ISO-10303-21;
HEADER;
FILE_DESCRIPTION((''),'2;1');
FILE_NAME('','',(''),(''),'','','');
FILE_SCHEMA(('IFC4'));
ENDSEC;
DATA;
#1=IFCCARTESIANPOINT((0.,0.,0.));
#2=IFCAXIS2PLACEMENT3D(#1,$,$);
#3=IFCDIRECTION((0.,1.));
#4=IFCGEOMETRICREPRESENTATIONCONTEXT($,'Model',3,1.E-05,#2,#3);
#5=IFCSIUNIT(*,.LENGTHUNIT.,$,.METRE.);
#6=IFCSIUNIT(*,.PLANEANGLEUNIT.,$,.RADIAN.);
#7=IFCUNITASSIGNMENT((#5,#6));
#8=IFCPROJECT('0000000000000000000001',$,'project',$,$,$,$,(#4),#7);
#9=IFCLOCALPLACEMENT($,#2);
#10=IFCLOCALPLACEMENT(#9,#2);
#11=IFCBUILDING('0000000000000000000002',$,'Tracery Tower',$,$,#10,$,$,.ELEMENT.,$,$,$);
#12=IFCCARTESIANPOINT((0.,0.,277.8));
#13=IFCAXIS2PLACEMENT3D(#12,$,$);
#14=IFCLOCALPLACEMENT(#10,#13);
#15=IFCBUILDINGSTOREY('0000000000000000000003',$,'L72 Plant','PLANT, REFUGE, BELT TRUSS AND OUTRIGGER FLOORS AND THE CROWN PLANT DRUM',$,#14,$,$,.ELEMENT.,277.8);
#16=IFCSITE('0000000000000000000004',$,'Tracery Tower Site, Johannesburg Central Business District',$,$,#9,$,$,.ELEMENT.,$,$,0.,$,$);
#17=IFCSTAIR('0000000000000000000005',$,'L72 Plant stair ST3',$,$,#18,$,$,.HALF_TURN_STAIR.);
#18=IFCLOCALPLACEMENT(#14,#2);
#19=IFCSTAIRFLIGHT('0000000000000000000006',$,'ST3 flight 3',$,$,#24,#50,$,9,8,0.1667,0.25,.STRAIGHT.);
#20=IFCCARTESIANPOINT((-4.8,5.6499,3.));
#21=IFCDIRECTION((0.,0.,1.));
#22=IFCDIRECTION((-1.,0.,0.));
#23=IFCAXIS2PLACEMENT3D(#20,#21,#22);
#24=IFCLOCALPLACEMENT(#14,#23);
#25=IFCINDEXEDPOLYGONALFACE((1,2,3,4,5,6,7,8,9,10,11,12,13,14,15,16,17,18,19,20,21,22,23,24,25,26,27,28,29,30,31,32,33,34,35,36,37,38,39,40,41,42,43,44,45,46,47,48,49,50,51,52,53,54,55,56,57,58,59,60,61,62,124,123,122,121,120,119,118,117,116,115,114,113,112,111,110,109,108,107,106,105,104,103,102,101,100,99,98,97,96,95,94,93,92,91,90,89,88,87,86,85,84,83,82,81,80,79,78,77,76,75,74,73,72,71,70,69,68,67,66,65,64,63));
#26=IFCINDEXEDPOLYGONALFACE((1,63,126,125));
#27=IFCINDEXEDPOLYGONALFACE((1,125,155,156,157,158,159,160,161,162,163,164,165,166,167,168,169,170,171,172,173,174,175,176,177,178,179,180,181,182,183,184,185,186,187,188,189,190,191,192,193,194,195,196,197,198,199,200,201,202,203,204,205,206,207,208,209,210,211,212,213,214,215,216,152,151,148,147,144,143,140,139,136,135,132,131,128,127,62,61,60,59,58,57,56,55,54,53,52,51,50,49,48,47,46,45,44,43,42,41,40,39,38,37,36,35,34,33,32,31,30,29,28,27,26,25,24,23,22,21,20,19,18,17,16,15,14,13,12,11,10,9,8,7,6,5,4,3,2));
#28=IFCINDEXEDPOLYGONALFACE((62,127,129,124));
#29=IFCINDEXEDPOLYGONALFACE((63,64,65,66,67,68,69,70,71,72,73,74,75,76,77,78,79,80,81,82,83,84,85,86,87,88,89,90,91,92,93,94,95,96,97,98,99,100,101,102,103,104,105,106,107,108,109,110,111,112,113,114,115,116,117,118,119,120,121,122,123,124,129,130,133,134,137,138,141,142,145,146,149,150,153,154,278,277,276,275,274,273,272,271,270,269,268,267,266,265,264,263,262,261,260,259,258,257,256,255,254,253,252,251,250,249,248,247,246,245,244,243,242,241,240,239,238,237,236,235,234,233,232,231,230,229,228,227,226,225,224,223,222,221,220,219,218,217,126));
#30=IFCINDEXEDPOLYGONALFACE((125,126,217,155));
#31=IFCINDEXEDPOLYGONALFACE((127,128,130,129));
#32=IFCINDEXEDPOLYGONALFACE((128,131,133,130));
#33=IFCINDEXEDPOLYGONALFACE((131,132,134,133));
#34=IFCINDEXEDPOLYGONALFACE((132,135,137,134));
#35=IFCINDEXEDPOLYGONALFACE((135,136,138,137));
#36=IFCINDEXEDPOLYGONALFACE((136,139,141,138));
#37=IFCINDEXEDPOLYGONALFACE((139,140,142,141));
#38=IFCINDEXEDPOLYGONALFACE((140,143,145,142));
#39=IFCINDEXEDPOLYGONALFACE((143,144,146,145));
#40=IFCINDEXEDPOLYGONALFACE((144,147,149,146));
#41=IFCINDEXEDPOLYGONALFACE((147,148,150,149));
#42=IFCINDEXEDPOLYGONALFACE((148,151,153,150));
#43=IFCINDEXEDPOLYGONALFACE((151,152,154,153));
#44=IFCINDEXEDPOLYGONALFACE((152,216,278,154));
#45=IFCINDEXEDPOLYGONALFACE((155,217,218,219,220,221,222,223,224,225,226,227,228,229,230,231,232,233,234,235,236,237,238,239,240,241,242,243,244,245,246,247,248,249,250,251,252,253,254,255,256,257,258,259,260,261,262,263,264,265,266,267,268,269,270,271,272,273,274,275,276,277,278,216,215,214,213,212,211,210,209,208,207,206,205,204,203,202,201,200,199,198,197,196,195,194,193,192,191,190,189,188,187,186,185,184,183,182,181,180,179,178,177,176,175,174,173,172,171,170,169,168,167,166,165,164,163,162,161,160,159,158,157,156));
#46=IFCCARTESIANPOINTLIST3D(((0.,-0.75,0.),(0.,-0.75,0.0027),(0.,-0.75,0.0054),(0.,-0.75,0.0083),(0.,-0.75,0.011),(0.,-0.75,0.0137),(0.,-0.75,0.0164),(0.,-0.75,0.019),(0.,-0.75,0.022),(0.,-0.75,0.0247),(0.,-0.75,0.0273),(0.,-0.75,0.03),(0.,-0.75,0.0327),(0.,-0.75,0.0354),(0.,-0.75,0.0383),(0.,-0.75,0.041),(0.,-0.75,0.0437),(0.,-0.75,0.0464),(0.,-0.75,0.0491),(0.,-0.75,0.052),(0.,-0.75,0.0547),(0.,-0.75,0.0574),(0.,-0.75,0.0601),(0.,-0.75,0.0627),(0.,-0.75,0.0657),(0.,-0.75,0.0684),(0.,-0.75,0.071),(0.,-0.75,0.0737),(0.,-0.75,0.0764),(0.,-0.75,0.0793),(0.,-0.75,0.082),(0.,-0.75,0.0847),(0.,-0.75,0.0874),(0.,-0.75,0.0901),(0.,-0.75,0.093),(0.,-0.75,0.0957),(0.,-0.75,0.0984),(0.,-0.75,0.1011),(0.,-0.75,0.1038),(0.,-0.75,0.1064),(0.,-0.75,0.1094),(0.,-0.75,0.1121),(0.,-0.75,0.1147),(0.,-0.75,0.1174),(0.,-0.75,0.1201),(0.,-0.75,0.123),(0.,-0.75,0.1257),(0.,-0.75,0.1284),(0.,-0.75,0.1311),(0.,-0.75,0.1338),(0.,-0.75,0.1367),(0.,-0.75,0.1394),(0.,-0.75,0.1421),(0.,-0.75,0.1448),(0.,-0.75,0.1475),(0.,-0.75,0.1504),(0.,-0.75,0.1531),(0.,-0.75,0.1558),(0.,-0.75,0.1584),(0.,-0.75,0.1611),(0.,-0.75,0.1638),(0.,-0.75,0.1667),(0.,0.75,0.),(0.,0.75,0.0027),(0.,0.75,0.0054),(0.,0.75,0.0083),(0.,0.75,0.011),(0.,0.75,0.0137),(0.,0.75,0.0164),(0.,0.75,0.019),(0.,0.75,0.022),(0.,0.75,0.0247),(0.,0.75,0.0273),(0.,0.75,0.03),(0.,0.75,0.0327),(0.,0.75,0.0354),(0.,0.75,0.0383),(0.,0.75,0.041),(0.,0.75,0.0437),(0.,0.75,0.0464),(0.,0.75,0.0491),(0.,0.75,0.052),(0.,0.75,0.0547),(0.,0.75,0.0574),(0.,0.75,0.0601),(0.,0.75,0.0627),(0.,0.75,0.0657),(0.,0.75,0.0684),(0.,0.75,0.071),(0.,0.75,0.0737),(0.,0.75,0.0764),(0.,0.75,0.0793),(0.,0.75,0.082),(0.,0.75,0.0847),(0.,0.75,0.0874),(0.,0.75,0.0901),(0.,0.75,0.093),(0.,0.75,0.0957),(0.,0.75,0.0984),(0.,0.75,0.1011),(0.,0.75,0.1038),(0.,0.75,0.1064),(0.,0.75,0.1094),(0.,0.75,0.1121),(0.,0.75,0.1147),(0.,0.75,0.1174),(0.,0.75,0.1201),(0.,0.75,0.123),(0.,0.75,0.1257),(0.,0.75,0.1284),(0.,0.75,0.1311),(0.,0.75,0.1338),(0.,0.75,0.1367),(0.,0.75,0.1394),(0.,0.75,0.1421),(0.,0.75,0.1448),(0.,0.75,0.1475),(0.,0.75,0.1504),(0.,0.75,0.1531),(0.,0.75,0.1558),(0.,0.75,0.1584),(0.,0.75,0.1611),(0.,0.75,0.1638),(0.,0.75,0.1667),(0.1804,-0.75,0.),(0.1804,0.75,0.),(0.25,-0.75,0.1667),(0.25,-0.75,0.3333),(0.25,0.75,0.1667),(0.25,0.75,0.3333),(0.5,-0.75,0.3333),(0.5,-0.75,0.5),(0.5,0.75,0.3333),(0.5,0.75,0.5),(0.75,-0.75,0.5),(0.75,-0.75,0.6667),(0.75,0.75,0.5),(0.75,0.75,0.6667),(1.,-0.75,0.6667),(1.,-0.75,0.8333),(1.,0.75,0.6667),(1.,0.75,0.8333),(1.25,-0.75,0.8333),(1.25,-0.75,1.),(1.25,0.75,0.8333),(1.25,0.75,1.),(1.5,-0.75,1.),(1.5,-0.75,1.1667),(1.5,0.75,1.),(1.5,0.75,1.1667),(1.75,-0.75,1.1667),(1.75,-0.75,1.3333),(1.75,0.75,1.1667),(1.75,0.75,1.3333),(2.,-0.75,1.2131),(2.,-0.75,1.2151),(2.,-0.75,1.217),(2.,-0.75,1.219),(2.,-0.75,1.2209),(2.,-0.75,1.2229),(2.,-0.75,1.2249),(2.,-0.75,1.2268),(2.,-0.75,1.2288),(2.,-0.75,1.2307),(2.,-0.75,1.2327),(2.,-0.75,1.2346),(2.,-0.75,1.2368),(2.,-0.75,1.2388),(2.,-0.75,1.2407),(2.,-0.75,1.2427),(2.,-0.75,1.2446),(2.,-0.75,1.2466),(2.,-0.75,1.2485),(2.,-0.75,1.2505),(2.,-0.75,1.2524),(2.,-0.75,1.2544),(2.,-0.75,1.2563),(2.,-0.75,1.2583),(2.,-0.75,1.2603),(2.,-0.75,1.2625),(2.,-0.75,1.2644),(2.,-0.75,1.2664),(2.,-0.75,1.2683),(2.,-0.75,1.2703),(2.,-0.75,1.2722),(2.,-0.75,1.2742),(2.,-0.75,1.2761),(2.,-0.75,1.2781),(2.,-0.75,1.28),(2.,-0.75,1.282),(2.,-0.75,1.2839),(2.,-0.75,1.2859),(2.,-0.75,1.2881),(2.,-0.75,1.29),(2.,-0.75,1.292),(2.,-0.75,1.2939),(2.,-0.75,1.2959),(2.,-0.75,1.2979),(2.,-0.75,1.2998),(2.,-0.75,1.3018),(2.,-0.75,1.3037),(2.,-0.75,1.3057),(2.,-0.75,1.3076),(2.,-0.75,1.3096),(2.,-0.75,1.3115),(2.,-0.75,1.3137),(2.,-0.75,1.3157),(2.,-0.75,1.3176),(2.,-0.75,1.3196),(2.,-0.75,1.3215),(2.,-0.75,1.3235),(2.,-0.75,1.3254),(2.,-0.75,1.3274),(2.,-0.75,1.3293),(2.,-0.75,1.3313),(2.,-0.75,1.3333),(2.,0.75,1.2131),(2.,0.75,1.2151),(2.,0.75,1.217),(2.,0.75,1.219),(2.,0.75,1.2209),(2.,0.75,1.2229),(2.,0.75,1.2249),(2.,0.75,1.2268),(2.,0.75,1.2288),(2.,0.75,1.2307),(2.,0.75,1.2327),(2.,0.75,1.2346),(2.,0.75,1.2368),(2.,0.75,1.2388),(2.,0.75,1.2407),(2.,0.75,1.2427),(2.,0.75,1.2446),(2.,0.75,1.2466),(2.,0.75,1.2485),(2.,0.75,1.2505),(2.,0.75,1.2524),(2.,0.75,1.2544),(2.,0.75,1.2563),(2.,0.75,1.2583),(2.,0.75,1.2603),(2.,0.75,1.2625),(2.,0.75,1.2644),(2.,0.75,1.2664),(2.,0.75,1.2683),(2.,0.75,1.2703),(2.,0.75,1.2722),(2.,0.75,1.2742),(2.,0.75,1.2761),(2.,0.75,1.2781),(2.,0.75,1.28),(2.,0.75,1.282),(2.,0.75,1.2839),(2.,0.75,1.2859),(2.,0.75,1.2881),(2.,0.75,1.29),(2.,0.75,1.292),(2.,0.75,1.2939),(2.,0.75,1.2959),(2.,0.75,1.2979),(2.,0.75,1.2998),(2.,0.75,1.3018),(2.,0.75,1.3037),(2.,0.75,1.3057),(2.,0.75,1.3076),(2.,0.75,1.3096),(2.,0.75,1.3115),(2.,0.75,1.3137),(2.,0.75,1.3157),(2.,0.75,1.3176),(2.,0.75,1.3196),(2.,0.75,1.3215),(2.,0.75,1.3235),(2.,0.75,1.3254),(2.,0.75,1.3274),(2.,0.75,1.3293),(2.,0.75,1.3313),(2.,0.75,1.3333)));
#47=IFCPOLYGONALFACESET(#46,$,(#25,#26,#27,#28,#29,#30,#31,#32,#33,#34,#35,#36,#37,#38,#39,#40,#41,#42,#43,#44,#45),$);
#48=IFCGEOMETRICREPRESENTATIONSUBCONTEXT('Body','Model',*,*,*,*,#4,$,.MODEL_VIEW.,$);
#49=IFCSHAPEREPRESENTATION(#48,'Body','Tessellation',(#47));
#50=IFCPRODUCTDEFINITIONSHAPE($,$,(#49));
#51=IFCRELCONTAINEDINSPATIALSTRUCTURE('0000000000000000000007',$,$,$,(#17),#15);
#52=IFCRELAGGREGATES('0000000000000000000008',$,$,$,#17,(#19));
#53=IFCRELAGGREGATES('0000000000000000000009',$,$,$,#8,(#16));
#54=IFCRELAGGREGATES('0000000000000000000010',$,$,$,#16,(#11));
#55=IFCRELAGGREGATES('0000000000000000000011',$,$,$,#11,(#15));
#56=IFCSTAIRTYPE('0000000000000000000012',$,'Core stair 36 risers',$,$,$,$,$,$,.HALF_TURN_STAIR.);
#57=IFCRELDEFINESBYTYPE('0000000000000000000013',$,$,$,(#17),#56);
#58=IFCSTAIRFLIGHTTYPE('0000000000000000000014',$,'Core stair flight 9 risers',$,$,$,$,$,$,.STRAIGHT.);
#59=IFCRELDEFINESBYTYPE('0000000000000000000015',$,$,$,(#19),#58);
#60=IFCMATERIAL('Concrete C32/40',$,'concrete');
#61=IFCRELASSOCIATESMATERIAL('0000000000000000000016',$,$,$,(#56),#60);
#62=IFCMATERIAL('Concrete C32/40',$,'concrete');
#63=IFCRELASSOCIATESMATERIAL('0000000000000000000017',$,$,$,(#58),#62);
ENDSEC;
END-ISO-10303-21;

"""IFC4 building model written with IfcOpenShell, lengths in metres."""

from ifc_helpers import new_model, si_unit, direction, frame, origin, place, context, subcontext, project, spatial, polyline, outline, extrude, material, type_object, element, aggregate, save


model = new_model("IFC4")

# Units and contexts
model_context = context("Model", 3, precision=1e-05, world=origin(), true_north=direction((0.0, 1.0)))
body_context = subcontext(model_context, "Body", "Model", "MODEL_VIEW")
ifc_project = project(units=[si_unit("LENGTHUNIT", "METRE"), si_unit("PLANEANGLEUNIT", "RADIAN")], contexts=[model_context])

# Site, building, storey
site_placement = place(None, origin())
site = spatial("IfcSite", under=ifc_project, at=site_placement, Name="Tracery Tower Site, Johannesburg Central Business District", CompositionType="ELEMENT", RefElevation=0.0)
building_placement = place(site_placement, origin())
building = spatial("IfcBuilding", under=site, at=building_placement, Name="Tracery Tower", CompositionType="ELEMENT")
storey_placement = place(building_placement, frame((0.0, 0.0, 277.8)))
storey = spatial("IfcBuildingStorey", under=building, at=storey_placement, Name="L72 Plant", Description="PLANT, REFUGE, BELT TRUSS AND OUTRIGGER FLOORS AND THE CROWN PLANT DRUM", CompositionType="ELEMENT", Elevation=277.8)

# Stair, stair flight
ifc_material_1 = material(Name="Concrete C32/40", Category="concrete")
stair_type = type_object("IfcStairType", Name="Core stair 36 risers", PredefinedType="HALF_TURN_STAIR", material=ifc_material_1)
stair_placement = place(storey_placement, origin())
stair = element("IfcStair", 1, at=stair_placement, inside=storey, type_object=stair_type, Name="L72 Plant stair ST3", PredefinedType="HALF_TURN_STAIR")
ifc_material_2 = material(Name="Concrete C32/40", Category="concrete")
stair_flight_type = type_object("IfcStairFlightType", Name="Core stair flight 9 risers", PredefinedType="STRAIGHT", material=ifc_material_2)
stair_flight_1_placement = place(storey_placement, frame((-4.8, 5.6499, 3.0), z_axis=(0.0, 0.0, 1.0), x_axis=(-1.0, 0.0, 0.0)))
stair_flight_1 = element("IfcStairFlight", 2, at=stair_flight_1_placement, type_object=stair_flight_type, Name="ST3 flight 3", NumberOfRisers=9, NumberOfTreads=8, PredefinedType="STRAIGHT", RiserHeight=0.1667, TreadLength=0.25, context=body_context, shape_type="SweptSolid", body=[
    extrude(outline(polyline([(0.0, 0.0), (0.0, 0.0027), (0.0, 0.0054), (0.0, 0.0083), (0.0, 0.011), (0.0, 0.0137), (0.0, 0.0164), (0.0, 0.019), (0.0, 0.022), (0.0, 0.0247), (0.0, 0.0273), (0.0, 0.03), (0.0, 0.0327), (0.0, 0.0354), (0.0, 0.0383), (0.0, 0.041), (0.0, 0.0437), (0.0, 0.0464), (0.0, 0.0491), (0.0, 0.052), (0.0, 0.0547), (0.0, 0.0574), (0.0, 0.0601), (0.0, 0.0627), (0.0, 0.0657), (0.0, 0.0684), (0.0, 0.071), (0.0, 0.0737), (0.0, 0.0764), (0.0, 0.0793), (0.0, 0.082), (0.0, 0.0847), (0.0, 0.0874), (0.0, 0.0901), (0.0, 0.093), (0.0, 0.0957), (0.0, 0.0984), (0.0, 0.1011), (0.0, 0.1038), (0.0, 0.1064), (0.0, 0.1094), (0.0, 0.1121), (0.0, 0.1147), (0.0, 0.1174), (0.0, 0.1201), (0.0, 0.123), (0.0, 0.1257), (0.0, 0.1284), (0.0, 0.1311), (0.0, 0.1338), (0.0, 0.1367), (0.0, 0.1394), (0.0, 0.1421), (0.0, 0.1448), (0.0, 0.1475), (0.0, 0.1504), (0.0, 0.1531), (0.0, 0.1558), (0.0, 0.1584), (0.0, 0.1611), (0.0, 0.1638), (0.0, 0.1667), (0.25, 0.1667), (0.25, 0.3333), (0.5, 0.3333), (0.5, 0.5), (0.75, 0.5), (0.75, 0.6667), (1.0, 0.6667), (1.0, 0.8333), (1.25, 0.8333), (1.25, 1.0), (1.5, 1.0), (1.5, 1.1667), (1.75, 1.1667), (1.75, 1.3333), (2.0, 1.3333), (2.0, 1.3313), (2.0, 1.3293), (2.0, 1.3274), (2.0, 1.3254), (2.0, 1.3235), (2.0, 1.3215), (2.0, 1.3196), (2.0, 1.3176), (2.0, 1.3157), (2.0, 1.3137), (2.0, 1.3115), (2.0, 1.3096), (2.0, 1.3076), (2.0, 1.3057), (2.0, 1.3037), (2.0, 1.3018), (2.0, 1.2998), (2.0, 1.2979), (2.0, 1.2959), (2.0, 1.2939), (2.0, 1.292), (2.0, 1.29), (2.0, 1.2881), (2.0, 1.2859), (2.0, 1.2839), (2.0, 1.282), (2.0, 1.28), (2.0, 1.2781), (2.0, 1.2761), (2.0, 1.2742), (2.0, 1.2722), (2.0, 1.2703), (2.0, 1.2683), (2.0, 1.2664), (2.0, 1.2644), (2.0, 1.2625), (2.0, 1.2603), (2.0, 1.2583), (2.0, 1.2563), (2.0, 1.2544), (2.0, 1.2524), (2.0, 1.2505), (2.0, 1.2485), (2.0, 1.2466), (2.0, 1.2446), (2.0, 1.2427), (2.0, 1.2407), (2.0, 1.2388), (2.0, 1.2368), (2.0, 1.2346), (2.0, 1.2327), (2.0, 1.2307), (2.0, 1.2288), (2.0, 1.2268), (2.0, 1.2249), (2.0, 1.2229), (2.0, 1.2209), (2.0, 1.219), (2.0, 1.217), (2.0, 1.2151), (2.0, 1.2131), (0.1804, 0.0), (0.0, 0.0)])), frame((0.0, 0.75, 0.0), z_axis=(0.0, -1.0, 0.0), x_axis=(1.0, 0.0, 0.0)), (0.0, 0.0, 1.0), 1.5),
])
aggregate(stair, [stair_flight_1])

save(model, "model.ifc")
